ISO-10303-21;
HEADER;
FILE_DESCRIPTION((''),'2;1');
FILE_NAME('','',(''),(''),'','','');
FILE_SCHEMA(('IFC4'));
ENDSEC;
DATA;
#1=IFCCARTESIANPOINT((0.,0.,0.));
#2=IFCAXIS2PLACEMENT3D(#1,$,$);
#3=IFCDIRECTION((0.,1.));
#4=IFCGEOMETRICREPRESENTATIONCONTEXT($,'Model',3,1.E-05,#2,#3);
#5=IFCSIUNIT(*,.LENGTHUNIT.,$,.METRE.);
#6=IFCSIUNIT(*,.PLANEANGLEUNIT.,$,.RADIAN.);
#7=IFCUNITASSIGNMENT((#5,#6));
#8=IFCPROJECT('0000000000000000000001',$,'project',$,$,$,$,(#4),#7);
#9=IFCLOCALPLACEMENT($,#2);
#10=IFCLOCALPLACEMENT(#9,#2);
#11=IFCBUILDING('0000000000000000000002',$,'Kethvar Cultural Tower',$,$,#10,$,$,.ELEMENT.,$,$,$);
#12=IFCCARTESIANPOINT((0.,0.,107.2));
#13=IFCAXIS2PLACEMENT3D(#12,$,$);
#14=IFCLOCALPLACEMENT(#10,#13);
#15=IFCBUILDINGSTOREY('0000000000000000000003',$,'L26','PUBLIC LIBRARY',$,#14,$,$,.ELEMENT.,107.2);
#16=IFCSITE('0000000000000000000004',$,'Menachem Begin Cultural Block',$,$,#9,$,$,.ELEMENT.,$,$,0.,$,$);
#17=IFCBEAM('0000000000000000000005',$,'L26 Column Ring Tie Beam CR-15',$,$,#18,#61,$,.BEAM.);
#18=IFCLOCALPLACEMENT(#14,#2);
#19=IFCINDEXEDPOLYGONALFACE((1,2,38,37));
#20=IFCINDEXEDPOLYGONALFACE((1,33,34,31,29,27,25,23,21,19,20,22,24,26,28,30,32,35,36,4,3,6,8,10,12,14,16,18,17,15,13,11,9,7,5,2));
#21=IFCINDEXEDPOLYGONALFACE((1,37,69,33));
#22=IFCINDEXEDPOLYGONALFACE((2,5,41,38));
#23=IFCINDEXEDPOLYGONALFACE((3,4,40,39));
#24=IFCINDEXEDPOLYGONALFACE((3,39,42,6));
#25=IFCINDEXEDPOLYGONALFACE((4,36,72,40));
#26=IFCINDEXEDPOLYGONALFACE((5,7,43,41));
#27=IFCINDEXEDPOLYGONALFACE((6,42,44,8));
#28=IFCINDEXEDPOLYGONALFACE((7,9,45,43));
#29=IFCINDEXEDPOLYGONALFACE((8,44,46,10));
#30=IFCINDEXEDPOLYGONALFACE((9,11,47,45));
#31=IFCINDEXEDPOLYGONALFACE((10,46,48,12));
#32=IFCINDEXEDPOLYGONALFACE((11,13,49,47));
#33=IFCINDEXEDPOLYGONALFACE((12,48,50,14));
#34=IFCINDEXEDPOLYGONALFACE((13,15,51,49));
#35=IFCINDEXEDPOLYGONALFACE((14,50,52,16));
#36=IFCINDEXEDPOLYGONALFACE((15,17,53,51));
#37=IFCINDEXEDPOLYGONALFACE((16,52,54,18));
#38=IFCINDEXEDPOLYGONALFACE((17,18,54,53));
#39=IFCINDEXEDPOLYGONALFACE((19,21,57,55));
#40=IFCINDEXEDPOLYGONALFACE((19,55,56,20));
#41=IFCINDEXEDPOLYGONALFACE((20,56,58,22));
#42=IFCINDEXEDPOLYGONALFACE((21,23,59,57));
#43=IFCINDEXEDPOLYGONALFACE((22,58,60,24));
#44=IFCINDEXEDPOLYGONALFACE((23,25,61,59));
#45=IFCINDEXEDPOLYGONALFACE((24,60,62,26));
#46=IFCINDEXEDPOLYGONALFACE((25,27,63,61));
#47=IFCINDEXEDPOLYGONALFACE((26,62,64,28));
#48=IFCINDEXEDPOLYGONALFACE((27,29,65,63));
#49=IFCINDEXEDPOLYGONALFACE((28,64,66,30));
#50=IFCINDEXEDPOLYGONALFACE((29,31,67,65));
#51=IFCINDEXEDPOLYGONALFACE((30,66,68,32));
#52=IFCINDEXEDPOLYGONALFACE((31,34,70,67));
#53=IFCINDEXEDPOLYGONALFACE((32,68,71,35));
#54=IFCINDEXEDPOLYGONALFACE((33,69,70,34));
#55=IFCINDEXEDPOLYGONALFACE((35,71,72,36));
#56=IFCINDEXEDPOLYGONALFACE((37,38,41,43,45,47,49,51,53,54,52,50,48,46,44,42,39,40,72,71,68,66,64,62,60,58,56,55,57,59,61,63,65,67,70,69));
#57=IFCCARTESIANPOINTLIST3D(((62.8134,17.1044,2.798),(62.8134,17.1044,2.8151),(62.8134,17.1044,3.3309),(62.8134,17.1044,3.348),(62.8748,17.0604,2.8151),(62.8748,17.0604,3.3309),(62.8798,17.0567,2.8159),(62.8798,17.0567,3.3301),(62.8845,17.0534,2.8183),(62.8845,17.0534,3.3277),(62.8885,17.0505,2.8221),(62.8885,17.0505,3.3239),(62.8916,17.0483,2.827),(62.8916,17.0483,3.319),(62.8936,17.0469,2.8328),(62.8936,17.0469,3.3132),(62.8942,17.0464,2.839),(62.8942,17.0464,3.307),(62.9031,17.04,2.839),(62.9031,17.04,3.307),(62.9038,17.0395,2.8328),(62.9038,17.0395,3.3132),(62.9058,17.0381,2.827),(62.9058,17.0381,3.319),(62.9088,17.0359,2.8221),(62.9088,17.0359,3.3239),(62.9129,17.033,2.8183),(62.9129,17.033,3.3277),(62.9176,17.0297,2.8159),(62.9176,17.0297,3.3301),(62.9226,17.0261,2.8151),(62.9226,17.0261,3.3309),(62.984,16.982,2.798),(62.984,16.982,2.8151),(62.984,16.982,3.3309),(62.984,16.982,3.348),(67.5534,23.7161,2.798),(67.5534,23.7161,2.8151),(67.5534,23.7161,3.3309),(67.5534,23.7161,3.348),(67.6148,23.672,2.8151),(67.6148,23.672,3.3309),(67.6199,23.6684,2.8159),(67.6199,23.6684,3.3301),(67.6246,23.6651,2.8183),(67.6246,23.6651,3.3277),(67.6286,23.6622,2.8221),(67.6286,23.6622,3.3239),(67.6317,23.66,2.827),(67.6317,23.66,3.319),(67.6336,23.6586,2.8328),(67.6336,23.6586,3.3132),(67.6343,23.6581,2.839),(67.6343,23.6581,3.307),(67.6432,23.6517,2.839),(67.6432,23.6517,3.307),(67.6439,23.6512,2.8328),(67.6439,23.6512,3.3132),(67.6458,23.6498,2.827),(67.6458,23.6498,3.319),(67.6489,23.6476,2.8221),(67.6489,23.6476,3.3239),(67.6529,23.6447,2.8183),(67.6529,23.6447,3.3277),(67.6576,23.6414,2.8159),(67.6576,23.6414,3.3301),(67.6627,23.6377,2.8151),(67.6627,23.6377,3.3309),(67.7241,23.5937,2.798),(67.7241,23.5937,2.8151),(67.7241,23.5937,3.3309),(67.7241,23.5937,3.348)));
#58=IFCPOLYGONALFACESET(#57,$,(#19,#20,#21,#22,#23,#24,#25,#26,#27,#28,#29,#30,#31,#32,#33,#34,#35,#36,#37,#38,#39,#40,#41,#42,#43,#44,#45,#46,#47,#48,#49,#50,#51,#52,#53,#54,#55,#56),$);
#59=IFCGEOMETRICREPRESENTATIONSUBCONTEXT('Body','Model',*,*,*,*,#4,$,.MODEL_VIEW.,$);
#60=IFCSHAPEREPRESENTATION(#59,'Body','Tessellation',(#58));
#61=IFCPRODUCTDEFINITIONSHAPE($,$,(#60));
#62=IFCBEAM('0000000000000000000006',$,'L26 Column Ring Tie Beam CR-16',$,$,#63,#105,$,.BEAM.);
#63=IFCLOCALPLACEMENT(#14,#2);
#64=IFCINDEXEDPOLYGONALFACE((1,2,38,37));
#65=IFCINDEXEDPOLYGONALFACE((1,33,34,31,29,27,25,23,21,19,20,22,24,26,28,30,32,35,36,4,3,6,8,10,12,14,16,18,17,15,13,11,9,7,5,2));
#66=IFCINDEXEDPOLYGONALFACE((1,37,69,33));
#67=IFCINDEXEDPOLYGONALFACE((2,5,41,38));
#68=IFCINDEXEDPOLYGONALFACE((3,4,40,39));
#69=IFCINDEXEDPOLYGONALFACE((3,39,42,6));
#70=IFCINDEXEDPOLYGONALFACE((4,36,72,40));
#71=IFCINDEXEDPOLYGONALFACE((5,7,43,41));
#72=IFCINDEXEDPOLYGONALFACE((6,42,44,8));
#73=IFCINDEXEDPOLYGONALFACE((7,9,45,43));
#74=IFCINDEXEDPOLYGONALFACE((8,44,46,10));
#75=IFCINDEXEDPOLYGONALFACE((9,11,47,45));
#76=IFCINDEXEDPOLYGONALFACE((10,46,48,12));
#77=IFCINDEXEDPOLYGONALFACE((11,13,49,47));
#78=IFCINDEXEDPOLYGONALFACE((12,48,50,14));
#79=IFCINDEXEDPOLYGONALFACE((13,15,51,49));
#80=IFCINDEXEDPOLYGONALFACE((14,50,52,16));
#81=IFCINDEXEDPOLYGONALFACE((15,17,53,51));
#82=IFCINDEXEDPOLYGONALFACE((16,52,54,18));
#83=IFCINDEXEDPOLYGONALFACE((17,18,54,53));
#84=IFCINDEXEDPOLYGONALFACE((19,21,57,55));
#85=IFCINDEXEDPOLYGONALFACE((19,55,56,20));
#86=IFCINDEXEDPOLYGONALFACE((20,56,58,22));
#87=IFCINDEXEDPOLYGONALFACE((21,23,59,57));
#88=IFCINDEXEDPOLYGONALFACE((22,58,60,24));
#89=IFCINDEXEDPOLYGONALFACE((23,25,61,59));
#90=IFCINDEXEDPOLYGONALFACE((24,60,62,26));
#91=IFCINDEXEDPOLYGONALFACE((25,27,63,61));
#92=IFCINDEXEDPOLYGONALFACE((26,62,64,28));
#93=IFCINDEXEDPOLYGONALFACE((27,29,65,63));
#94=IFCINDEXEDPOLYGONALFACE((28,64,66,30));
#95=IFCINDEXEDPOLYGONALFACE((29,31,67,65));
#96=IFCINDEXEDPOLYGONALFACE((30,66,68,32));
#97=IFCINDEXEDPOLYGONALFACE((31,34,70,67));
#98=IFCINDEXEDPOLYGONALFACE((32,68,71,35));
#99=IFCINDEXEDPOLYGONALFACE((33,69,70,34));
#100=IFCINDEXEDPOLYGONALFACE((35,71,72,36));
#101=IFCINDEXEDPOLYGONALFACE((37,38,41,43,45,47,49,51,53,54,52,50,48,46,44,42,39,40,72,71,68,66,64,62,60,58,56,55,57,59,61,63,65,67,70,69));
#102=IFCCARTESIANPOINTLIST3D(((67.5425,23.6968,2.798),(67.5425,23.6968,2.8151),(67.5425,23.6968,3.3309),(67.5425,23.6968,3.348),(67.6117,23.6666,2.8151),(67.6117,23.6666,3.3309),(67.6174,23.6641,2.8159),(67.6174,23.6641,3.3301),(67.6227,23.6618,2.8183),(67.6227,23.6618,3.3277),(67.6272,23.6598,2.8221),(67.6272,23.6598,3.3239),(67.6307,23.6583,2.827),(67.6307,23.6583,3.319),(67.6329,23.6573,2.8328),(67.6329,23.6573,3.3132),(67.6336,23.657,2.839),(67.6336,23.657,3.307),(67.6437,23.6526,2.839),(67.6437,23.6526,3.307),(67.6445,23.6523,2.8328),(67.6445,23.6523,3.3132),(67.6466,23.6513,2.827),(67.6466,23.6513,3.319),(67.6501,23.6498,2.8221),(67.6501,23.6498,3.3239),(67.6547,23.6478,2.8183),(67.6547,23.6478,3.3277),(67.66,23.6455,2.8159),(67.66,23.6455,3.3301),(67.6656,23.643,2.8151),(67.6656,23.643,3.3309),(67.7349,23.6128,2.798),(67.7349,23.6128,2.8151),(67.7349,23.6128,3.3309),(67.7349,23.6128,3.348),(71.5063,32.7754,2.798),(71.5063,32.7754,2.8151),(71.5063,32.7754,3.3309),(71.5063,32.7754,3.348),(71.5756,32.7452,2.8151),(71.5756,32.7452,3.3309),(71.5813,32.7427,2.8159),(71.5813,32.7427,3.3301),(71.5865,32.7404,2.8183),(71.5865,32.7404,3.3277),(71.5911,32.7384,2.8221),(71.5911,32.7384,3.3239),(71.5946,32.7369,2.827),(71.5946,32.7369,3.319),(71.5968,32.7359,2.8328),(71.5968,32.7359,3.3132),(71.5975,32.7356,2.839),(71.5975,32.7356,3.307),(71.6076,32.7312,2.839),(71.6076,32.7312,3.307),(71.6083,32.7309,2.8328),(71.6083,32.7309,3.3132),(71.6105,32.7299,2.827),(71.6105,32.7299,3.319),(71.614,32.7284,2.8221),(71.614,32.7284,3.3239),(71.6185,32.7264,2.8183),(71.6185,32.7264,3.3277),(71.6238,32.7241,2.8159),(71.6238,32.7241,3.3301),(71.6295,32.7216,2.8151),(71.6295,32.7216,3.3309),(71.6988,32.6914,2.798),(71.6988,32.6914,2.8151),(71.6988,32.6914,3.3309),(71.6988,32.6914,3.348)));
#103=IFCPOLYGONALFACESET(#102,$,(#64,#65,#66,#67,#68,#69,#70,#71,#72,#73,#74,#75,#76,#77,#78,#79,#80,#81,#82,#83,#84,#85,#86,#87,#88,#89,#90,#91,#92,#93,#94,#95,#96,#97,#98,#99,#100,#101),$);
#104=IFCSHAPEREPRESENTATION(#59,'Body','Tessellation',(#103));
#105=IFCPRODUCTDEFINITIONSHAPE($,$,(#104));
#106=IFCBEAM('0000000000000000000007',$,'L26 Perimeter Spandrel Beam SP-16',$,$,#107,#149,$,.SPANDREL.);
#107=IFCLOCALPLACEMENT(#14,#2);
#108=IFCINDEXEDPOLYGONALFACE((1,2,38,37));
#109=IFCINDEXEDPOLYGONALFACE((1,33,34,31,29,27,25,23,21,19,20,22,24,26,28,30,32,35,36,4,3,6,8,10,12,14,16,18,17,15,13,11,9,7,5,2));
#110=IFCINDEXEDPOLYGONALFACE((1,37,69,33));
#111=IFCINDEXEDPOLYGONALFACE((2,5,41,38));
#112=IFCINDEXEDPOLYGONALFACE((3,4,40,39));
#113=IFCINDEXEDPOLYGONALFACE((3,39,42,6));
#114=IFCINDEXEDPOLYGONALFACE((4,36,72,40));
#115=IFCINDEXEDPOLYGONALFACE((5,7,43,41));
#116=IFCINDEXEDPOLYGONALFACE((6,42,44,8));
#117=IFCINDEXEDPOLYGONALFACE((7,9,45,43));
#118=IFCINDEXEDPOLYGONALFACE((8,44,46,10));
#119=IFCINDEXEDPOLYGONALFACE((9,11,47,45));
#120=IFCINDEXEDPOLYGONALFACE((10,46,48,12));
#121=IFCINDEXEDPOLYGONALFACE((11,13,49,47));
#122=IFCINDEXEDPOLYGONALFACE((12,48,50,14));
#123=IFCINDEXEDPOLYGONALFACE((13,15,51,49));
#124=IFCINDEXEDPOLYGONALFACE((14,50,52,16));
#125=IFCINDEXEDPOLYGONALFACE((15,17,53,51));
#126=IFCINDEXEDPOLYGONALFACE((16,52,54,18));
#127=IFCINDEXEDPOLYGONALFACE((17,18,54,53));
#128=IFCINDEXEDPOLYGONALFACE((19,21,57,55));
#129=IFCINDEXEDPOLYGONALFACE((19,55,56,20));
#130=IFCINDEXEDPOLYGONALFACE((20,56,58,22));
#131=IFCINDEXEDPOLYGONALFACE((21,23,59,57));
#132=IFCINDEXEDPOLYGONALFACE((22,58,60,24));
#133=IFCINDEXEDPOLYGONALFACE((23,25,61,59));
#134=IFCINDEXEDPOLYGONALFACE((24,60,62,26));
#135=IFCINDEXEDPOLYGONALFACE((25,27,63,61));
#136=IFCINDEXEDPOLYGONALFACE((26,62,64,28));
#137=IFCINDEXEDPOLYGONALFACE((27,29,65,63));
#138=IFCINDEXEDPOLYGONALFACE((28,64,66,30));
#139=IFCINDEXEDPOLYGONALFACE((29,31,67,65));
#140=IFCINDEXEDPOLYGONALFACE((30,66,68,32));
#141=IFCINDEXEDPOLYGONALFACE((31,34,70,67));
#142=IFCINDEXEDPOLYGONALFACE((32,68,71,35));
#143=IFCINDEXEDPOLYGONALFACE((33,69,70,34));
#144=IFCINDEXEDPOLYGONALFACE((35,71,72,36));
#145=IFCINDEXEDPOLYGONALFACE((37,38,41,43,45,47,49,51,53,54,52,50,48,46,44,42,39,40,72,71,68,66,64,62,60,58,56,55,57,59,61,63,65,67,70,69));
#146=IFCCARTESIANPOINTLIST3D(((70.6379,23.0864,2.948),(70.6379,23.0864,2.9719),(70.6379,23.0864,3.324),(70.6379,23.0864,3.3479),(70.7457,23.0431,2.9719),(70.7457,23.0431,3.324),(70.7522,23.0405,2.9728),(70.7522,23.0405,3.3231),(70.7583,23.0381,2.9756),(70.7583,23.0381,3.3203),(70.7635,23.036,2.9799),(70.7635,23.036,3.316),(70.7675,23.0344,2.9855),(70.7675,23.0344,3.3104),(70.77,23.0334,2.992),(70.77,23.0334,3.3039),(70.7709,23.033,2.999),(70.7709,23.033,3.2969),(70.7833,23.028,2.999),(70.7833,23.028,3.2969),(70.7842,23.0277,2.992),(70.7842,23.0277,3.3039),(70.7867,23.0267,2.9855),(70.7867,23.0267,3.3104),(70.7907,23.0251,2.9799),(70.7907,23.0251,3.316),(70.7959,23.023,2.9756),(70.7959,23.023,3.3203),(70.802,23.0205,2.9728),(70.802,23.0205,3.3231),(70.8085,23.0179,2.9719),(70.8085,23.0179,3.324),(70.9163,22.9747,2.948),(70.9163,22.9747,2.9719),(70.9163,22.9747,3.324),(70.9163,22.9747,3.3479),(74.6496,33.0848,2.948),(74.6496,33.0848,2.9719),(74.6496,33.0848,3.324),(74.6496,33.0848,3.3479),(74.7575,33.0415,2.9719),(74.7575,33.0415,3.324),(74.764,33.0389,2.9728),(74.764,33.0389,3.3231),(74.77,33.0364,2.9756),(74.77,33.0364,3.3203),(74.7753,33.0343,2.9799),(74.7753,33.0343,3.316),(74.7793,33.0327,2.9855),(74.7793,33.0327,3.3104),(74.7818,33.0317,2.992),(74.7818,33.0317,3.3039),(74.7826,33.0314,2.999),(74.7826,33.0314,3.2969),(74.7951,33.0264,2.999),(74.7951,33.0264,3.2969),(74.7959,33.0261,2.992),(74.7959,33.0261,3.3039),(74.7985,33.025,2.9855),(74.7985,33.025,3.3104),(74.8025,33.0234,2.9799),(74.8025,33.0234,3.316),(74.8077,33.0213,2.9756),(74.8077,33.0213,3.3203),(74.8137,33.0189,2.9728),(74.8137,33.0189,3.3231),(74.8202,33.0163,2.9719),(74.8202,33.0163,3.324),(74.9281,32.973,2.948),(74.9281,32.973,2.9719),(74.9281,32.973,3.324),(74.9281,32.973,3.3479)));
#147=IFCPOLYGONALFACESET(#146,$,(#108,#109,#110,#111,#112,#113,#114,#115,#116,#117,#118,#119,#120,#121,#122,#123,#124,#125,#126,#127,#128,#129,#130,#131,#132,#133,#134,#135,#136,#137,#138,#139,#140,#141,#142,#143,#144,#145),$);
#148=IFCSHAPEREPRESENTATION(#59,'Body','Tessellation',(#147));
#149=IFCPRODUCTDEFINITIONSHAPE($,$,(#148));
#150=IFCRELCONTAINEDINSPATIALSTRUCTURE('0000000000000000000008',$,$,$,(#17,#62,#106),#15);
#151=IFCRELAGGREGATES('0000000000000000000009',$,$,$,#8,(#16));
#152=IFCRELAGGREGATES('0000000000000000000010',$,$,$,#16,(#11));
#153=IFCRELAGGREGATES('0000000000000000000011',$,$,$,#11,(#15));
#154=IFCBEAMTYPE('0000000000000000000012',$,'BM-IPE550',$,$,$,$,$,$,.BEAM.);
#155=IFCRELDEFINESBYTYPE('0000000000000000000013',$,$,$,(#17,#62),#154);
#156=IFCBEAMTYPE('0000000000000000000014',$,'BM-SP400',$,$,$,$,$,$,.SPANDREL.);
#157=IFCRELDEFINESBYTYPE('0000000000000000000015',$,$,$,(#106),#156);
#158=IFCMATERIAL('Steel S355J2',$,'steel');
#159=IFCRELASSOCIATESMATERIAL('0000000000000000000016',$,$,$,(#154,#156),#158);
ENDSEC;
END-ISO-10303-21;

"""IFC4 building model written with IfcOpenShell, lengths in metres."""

from ifc_helpers import new_model, si_unit, direction, frame, origin, origin_2d, place, context, subcontext, project, spatial, i_section, extrude, source, transform, mapped, material, material_profile, profile_set, type_object, element, save


model = new_model("IFC4")

# Units and contexts
model_context = context("Model", 3, precision=1e-05, world=origin(), true_north=direction((0.0, 1.0)))
body_context = subcontext(model_context, "Body", "Model", "MODEL_VIEW")
ifc_project = project(units=[si_unit("LENGTHUNIT", "METRE"), si_unit("PLANEANGLEUNIT", "RADIAN")], contexts=[model_context])

# Site, building, storey
site_placement = place(None, origin())
site = spatial("IfcSite", under=ifc_project, at=site_placement, Name="Menachem Begin Cultural Block", CompositionType="ELEMENT", RefElevation=0.0)
building_placement = place(site_placement, origin())
building = spatial("IfcBuilding", under=site, at=building_placement, Name="Kethvar Cultural Tower", CompositionType="ELEMENT")
storey_placement = place(building_placement, frame((0.0, 0.0, 107.2)))
storey = spatial("IfcBuildingStorey", under=building, at=storey_placement, Name="L26", Description="PUBLIC LIBRARY", CompositionType="ELEMENT", Elevation=107.2)

# Beams
ifc_material_1 = material(Name="Steel S355J2", Category="steel")
ifc_material_profile_1 = material_profile(ifc_material_1, i_section(OverallWidth=0.21, OverallDepth=0.55, WebThickness=0.011, FlangeThickness=0.0171, FilletRadius=0.0239, at=origin_2d()), Name="Steel S355J2 — IPE550")
ifc_profile_set_1 = profile_set([ifc_material_profile_1], Name="Steel S355J2 — IPE550")
beam_type_1 = type_object("IfcBeamType", Name="BM-IPE550", PredefinedType="BEAM", material=ifc_profile_set_1)
shared_shape_1 = source(origin(), body_context, "Body", "SweptSolid", [
    extrude(i_section(OverallWidth=0.21, OverallDepth=0.55, WebThickness=0.011, FlangeThickness=0.0171, FilletRadius=0.0239, at=origin_2d()), origin(), (0.0, 0.0, 1.0), 8.1353),
])
beam_1_placement = place(storey_placement, frame((62.8987, 17.0432, 3.073), z_axis=(0.582657, 0.812718, 0.0), x_axis=(-0.812718, 0.582657, 0.0)))
element("IfcBeam", 1, at=beam_1_placement, inside=storey, type_object=beam_type_1, Name="L26 Column Ring Tie Beam CR-15", PredefinedType="BEAM", context=body_context, shape_type="MappedRepresentation", body=[
    mapped(shared_shape_1, transform((0.0, 0.0, 0.0), scale=1.0)),
])
shared_shape_2 = source(origin(), body_context, "Body", "SweptSolid", [
    extrude(i_section(OverallWidth=0.21, OverallDepth=0.55, WebThickness=0.011, FlangeThickness=0.0171, FilletRadius=0.0239, at=origin_2d()), origin(), (0.0, 0.0, 1.0), 9.9062),
])
beam_2_placement = place(storey_placement, frame((67.6387, 23.6548, 3.073), z_axis=(0.400139, 0.916455, 0.0), x_axis=(-0.916455, 0.400139, 0.0)))
element("IfcBeam", 2, at=beam_2_placement, inside=storey, type_object=beam_type_1, Name="L26 Column Ring Tie Beam CR-16", PredefinedType="BEAM", context=body_context, shape_type="MappedRepresentation", body=[
    mapped(shared_shape_2, transform((0.0, 0.0, 0.0), scale=1.0)),
])
ifc_material_profile_2 = material_profile(ifc_material_1, i_section(OverallWidth=0.3, OverallDepth=0.3999, WebThickness=0.0134, FlangeThickness=0.0239, FilletRadius=0.0271, at=origin_2d()), Name="Steel S355J2 — HEB400")
ifc_profile_set_2 = profile_set([ifc_material_profile_2], Name="Steel S355J2 — HEB400")
beam_type_2 = type_object("IfcBeamType", Name="BM-SP400", PredefinedType="SPANDREL", material=ifc_profile_set_2)
shared_shape_3 = source(origin(), body_context, "Body", "SweptSolid", [
    extrude(i_section(OverallWidth=0.3, OverallDepth=0.3999, WebThickness=0.0134, FlangeThickness=0.0239, FilletRadius=0.0271, at=origin_2d()), origin(), (0.0, 0.0, 1.0), 10.7732),
])
beam_3_placement = place(storey_placement, frame((70.7771, 23.0305, 3.1479), z_axis=(0.372383, 0.928079, 0.0), x_axis=(-0.928079, 0.372383, 0.0)))
element("IfcBeam", 3, at=beam_3_placement, inside=storey, type_object=beam_type_2, Name="L26 Perimeter Spandrel Beam SP-16", PredefinedType="SPANDREL", context=body_context, shape_type="MappedRepresentation", body=[
    mapped(shared_shape_3, transform((0.0, 0.0, 0.0), scale=1.0)),
])

save(model, "model.ifc")
